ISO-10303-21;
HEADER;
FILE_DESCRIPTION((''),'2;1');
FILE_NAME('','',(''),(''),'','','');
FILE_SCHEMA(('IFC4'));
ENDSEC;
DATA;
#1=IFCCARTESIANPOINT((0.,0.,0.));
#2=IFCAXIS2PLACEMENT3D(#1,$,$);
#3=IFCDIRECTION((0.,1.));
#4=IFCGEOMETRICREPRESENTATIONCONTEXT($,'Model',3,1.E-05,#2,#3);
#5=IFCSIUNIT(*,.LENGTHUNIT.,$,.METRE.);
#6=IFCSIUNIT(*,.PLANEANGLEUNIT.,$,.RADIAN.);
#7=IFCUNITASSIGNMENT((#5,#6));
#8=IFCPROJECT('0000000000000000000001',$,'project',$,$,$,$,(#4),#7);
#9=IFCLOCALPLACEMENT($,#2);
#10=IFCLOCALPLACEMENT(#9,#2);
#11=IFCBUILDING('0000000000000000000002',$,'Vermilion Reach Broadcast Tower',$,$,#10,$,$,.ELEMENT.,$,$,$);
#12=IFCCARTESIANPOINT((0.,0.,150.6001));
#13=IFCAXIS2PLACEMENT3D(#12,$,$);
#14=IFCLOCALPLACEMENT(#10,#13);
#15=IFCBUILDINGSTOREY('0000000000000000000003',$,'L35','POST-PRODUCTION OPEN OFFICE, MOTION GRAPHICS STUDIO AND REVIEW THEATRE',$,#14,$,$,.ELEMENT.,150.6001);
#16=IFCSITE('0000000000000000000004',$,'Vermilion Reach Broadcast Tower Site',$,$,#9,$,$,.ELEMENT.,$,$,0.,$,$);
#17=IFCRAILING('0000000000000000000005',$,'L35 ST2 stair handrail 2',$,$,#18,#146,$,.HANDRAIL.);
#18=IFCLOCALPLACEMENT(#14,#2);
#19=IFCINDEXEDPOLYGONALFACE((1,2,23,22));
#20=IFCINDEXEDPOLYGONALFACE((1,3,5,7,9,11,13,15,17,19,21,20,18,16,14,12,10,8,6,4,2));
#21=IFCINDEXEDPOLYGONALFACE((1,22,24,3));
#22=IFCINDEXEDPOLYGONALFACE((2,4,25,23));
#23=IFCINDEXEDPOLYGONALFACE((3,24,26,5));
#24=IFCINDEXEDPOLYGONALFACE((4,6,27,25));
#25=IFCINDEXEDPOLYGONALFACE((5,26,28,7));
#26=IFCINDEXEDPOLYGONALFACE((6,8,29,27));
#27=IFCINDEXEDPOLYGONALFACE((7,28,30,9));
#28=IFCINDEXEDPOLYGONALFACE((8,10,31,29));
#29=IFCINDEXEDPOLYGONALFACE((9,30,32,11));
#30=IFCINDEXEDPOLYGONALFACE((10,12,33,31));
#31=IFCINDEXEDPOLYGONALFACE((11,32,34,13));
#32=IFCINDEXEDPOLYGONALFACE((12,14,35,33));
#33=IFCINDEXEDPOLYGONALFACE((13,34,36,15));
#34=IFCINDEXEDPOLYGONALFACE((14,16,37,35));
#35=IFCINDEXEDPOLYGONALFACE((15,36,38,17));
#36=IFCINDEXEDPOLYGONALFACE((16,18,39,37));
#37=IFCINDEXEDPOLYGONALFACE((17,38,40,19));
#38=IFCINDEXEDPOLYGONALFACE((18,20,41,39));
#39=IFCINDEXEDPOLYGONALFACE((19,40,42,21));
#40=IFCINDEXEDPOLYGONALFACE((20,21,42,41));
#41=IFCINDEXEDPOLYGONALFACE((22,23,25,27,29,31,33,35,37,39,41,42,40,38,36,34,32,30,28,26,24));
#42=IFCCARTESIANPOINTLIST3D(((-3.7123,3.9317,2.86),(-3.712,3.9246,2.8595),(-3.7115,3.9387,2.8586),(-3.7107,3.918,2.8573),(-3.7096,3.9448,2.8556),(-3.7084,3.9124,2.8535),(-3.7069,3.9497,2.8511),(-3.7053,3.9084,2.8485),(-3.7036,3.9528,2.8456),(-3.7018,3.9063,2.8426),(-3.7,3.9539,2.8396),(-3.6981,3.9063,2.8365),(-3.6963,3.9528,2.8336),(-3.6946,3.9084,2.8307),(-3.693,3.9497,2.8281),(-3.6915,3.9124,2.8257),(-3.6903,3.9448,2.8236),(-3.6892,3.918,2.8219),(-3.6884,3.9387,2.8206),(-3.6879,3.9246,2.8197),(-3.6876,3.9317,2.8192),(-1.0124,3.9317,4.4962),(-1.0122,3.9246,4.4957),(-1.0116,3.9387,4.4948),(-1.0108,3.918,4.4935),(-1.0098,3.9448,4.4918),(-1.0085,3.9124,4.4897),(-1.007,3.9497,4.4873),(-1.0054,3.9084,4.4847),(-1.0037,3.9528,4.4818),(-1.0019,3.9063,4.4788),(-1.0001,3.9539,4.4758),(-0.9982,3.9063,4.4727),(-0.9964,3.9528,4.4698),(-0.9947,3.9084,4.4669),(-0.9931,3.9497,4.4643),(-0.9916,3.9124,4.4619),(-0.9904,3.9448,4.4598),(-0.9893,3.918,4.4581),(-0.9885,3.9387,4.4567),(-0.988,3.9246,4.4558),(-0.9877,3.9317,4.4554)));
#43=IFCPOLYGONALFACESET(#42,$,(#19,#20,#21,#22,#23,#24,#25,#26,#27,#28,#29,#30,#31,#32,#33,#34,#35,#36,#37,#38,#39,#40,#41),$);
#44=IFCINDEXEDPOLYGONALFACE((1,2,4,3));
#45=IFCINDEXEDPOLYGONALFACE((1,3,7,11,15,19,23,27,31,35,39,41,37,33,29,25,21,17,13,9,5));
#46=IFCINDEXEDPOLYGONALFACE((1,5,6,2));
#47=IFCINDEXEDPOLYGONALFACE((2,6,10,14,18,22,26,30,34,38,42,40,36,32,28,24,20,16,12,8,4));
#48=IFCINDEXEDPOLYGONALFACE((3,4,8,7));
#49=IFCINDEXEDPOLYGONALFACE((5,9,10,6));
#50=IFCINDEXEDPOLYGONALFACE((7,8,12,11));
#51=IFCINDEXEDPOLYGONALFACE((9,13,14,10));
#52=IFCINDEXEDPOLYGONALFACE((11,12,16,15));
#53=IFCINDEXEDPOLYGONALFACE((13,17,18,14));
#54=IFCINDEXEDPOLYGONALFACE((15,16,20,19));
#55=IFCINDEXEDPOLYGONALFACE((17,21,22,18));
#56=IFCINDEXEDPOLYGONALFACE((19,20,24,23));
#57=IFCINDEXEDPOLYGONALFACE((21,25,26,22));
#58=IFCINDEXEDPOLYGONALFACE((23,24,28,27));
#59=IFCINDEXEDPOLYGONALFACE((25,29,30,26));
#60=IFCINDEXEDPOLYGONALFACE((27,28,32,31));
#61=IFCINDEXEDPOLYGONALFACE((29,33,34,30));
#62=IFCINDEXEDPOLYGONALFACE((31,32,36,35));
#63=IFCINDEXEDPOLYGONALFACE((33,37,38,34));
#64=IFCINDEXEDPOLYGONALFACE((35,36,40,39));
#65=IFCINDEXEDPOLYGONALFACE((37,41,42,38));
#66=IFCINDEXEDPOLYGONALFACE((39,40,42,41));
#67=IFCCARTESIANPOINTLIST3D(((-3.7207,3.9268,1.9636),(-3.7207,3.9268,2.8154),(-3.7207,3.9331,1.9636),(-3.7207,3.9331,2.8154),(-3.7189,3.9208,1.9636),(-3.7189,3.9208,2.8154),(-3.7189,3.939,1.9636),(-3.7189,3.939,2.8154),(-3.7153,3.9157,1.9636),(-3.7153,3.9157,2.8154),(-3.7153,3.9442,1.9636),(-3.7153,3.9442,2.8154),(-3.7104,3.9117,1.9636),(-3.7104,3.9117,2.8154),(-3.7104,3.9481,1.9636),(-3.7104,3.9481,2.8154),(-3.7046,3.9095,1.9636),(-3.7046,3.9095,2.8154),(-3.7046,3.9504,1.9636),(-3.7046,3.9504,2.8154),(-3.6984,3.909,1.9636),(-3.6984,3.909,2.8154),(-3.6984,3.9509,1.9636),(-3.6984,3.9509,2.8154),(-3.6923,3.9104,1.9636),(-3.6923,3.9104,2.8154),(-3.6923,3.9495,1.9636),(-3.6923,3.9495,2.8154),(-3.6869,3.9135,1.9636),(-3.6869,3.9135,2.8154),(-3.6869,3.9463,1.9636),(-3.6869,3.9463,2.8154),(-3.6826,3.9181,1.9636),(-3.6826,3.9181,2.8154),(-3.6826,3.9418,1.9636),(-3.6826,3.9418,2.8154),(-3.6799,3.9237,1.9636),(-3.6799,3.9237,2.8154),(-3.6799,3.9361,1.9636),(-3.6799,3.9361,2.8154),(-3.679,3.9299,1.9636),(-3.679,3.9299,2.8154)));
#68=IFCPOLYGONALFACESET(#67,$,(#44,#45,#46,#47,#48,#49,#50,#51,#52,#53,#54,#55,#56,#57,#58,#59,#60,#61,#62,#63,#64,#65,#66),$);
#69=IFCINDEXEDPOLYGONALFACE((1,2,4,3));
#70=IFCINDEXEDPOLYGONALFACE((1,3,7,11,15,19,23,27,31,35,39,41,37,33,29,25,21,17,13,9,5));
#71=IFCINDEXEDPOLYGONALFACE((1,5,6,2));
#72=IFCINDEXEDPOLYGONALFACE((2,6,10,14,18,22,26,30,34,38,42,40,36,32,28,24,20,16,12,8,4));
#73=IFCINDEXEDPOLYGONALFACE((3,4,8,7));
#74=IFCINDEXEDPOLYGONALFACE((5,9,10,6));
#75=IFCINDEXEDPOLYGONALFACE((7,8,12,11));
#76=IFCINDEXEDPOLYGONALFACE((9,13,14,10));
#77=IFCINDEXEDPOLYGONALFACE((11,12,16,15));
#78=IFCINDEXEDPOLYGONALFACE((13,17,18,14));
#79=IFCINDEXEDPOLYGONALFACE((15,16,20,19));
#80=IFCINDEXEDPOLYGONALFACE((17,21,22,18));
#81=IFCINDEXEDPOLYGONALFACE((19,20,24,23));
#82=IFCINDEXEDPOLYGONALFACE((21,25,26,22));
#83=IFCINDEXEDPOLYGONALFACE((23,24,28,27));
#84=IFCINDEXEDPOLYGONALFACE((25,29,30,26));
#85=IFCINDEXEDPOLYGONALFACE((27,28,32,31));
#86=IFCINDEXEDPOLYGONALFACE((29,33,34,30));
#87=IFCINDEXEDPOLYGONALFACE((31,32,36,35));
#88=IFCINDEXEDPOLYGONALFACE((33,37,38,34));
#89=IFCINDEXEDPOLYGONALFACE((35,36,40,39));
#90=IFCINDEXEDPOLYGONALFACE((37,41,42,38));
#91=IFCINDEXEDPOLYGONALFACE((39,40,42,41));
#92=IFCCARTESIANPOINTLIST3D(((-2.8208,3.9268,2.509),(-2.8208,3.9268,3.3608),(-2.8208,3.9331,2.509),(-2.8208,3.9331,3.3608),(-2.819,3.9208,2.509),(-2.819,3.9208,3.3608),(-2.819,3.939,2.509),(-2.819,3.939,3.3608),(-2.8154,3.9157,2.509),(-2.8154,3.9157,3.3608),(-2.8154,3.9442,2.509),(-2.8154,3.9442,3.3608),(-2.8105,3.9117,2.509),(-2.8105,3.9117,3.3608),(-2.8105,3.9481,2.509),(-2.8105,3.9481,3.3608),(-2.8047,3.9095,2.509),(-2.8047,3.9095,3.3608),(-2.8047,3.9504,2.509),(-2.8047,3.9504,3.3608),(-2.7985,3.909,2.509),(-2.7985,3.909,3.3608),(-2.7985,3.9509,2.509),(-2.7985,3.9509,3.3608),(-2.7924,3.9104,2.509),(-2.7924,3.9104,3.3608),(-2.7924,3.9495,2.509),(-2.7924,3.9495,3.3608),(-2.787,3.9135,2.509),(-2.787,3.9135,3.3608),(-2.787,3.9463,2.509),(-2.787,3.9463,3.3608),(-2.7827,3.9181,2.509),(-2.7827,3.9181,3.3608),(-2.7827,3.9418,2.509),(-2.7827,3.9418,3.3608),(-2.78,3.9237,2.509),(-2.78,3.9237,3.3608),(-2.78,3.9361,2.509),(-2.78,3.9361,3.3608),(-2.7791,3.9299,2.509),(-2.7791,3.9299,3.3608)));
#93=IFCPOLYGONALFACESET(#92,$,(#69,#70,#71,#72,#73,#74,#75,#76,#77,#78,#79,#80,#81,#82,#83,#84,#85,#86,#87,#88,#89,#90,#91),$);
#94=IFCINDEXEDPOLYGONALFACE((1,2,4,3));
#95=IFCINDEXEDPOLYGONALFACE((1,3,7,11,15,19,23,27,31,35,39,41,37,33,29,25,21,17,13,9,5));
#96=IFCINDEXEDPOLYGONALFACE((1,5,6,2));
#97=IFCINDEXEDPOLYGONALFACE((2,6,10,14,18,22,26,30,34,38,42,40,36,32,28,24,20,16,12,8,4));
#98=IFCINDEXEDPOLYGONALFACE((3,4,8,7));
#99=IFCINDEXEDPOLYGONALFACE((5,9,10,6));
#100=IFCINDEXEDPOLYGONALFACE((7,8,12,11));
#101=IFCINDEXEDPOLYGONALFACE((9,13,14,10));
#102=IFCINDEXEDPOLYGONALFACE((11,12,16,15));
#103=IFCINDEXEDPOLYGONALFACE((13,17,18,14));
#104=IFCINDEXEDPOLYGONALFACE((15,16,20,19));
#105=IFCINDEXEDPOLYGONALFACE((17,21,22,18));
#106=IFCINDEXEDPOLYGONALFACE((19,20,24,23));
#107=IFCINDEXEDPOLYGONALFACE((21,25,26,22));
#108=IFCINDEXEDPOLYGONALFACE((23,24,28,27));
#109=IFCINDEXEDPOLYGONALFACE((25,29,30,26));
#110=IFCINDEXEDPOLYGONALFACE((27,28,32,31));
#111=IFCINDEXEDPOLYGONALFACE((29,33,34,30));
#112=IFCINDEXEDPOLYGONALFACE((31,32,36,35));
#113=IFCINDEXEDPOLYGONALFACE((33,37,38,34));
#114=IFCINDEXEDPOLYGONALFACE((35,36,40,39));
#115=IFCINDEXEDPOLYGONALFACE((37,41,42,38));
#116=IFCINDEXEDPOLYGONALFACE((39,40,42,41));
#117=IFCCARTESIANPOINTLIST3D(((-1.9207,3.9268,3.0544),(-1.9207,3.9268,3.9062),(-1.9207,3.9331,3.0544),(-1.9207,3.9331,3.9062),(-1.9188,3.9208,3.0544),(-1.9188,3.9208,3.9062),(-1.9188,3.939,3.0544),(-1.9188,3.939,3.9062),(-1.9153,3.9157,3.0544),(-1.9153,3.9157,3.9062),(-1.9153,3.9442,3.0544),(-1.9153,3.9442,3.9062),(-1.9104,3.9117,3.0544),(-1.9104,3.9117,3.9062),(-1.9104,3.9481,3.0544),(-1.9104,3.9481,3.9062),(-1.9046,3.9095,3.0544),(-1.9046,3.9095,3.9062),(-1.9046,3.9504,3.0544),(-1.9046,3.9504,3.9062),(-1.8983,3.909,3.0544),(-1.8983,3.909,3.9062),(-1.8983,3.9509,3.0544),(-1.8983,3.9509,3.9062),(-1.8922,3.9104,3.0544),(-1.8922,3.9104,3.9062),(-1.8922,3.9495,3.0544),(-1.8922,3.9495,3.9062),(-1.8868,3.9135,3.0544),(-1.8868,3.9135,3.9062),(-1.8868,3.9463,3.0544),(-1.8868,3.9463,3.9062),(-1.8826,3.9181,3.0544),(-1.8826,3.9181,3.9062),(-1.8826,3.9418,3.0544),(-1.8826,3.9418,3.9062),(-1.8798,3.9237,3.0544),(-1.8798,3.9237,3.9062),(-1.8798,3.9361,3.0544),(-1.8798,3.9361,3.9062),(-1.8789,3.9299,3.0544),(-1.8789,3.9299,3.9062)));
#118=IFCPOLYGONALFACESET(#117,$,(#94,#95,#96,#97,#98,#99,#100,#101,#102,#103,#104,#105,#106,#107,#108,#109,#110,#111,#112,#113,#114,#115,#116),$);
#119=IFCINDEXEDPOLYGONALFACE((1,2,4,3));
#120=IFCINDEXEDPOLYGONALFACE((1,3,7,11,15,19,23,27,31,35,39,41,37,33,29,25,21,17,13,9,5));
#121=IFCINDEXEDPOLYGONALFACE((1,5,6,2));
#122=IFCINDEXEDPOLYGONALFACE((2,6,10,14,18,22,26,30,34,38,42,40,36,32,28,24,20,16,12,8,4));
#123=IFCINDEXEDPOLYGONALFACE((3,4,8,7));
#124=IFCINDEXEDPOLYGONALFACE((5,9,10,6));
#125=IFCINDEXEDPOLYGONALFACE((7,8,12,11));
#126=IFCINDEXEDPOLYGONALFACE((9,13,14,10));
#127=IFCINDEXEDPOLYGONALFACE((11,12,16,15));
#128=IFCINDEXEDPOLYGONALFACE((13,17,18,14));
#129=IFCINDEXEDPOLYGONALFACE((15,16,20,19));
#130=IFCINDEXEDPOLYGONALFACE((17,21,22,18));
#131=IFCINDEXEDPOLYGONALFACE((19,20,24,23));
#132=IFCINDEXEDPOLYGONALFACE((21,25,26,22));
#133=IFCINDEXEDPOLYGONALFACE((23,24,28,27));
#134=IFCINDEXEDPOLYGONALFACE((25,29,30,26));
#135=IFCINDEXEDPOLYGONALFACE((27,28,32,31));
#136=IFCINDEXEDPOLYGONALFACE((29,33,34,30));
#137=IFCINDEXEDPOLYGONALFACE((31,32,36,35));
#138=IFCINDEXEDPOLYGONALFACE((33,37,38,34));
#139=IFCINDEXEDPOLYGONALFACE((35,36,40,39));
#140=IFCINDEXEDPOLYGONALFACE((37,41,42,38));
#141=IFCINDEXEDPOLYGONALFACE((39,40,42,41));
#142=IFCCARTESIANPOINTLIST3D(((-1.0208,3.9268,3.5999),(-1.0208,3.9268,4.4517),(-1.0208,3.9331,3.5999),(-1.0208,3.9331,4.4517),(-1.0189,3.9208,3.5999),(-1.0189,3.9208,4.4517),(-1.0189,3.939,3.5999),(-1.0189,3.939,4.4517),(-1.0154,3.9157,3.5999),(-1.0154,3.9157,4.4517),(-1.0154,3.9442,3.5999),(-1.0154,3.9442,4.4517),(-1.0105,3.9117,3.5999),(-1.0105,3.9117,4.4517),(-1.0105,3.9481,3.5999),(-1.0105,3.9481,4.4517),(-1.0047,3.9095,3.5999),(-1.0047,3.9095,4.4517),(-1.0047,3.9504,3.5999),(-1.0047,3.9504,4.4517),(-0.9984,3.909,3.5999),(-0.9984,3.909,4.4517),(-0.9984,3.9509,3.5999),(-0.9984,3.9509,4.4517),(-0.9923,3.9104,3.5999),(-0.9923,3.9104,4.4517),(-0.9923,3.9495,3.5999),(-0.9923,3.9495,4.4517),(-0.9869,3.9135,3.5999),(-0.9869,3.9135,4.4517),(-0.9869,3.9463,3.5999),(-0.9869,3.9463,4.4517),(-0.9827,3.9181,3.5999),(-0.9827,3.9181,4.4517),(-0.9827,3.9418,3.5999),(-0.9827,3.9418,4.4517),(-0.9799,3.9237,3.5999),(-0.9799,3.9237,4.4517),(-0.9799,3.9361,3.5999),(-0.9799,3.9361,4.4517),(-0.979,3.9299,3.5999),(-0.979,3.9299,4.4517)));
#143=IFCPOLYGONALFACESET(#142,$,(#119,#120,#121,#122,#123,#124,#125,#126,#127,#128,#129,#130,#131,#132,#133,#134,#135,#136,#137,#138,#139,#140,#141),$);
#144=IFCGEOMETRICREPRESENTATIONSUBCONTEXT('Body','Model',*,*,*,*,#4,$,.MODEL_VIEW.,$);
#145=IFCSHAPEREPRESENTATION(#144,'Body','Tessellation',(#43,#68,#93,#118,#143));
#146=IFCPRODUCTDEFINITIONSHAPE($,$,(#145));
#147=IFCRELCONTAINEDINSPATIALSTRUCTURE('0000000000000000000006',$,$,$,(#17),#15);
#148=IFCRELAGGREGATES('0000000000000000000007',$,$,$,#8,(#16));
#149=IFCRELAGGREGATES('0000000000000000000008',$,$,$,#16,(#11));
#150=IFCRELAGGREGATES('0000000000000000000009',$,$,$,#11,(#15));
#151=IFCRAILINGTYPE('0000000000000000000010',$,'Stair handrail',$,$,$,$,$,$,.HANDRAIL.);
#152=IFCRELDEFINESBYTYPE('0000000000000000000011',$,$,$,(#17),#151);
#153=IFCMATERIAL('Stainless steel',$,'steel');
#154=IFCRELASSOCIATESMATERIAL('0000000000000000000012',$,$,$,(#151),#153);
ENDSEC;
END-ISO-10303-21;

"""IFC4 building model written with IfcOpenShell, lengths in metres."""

from ifc_helpers import new_model, si_unit, direction, frame, origin, origin_2d, place, context, subcontext, project, spatial, circle, extrude, material, type_object, element, save


model = new_model("IFC4")

# Units and contexts
model_context = context("Model", 3, precision=1e-05, world=origin(), true_north=direction((0.0, 1.0)))
body_context = subcontext(model_context, "Body", "Model", "MODEL_VIEW")
ifc_project = project(units=[si_unit("LENGTHUNIT", "METRE"), si_unit("PLANEANGLEUNIT", "RADIAN")], contexts=[model_context])

# Site, building, storey
site_placement = place(None, origin())
site = spatial("IfcSite", under=ifc_project, at=site_placement, Name="Vermilion Reach Broadcast Tower Site", CompositionType="ELEMENT", RefElevation=0.0)
building_placement = place(site_placement, origin())
building = spatial("IfcBuilding", under=site, at=building_placement, Name="Vermilion Reach Broadcast Tower", CompositionType="ELEMENT")
storey_placement = place(building_placement, frame((0.0, 0.0, 150.6001)))
storey = spatial("IfcBuildingStorey", under=building, at=storey_placement, Name="L35", Description="POST-PRODUCTION OPEN OFFICE, MOTION GRAPHICS STUDIO AND REVIEW THEATRE", CompositionType="ELEMENT", Elevation=150.6001)

# Railing
ifc_material_1 = material(Name="Stainless steel", Category="steel")
railing_type_1 = type_object("IfcRailingType", Name="Stair handrail", PredefinedType="HANDRAIL", material=ifc_material_1)
railing_1_placement = place(storey_placement, frame((-3.7, 3.9299, 1.9636)))
element("IfcRailing", 1, at=railing_1_placement, inside=storey, type_object=railing_type_1, Name="L35 ST2 stair handrail 2", PredefinedType="HANDRAIL", context=body_context, shape_type="SweptSolid", body=[
    extrude(circle(Radius=0.0239, at=origin_2d()), frame((0.0, 0.0, 0.876), z_axis=(0.855212, 0.0, 0.518278), x_axis=(0.0, 1.0, 0.0)), (0.0, 0.0, 1.0), 3.157),
    extrude(circle(Radius=0.021, at=origin_2d()), origin(), (0.0, 0.0, 1.0), 0.8518),
    extrude(circle(Radius=0.021, at=origin_2d()), frame((0.8999, 0.0, 0.5454)), (0.0, 0.0, 1.0), 0.8518),
    extrude(circle(Radius=0.021, at=origin_2d()), frame((1.8, 0.0, 1.0908)), (0.0, 0.0, 1.0), 0.8518),
    extrude(circle(Radius=0.021, at=origin_2d()), frame((2.7, 0.0, 1.6362)), (0.0, 0.0, 1.0), 0.8518),
])

save(model, "model.ifc")
